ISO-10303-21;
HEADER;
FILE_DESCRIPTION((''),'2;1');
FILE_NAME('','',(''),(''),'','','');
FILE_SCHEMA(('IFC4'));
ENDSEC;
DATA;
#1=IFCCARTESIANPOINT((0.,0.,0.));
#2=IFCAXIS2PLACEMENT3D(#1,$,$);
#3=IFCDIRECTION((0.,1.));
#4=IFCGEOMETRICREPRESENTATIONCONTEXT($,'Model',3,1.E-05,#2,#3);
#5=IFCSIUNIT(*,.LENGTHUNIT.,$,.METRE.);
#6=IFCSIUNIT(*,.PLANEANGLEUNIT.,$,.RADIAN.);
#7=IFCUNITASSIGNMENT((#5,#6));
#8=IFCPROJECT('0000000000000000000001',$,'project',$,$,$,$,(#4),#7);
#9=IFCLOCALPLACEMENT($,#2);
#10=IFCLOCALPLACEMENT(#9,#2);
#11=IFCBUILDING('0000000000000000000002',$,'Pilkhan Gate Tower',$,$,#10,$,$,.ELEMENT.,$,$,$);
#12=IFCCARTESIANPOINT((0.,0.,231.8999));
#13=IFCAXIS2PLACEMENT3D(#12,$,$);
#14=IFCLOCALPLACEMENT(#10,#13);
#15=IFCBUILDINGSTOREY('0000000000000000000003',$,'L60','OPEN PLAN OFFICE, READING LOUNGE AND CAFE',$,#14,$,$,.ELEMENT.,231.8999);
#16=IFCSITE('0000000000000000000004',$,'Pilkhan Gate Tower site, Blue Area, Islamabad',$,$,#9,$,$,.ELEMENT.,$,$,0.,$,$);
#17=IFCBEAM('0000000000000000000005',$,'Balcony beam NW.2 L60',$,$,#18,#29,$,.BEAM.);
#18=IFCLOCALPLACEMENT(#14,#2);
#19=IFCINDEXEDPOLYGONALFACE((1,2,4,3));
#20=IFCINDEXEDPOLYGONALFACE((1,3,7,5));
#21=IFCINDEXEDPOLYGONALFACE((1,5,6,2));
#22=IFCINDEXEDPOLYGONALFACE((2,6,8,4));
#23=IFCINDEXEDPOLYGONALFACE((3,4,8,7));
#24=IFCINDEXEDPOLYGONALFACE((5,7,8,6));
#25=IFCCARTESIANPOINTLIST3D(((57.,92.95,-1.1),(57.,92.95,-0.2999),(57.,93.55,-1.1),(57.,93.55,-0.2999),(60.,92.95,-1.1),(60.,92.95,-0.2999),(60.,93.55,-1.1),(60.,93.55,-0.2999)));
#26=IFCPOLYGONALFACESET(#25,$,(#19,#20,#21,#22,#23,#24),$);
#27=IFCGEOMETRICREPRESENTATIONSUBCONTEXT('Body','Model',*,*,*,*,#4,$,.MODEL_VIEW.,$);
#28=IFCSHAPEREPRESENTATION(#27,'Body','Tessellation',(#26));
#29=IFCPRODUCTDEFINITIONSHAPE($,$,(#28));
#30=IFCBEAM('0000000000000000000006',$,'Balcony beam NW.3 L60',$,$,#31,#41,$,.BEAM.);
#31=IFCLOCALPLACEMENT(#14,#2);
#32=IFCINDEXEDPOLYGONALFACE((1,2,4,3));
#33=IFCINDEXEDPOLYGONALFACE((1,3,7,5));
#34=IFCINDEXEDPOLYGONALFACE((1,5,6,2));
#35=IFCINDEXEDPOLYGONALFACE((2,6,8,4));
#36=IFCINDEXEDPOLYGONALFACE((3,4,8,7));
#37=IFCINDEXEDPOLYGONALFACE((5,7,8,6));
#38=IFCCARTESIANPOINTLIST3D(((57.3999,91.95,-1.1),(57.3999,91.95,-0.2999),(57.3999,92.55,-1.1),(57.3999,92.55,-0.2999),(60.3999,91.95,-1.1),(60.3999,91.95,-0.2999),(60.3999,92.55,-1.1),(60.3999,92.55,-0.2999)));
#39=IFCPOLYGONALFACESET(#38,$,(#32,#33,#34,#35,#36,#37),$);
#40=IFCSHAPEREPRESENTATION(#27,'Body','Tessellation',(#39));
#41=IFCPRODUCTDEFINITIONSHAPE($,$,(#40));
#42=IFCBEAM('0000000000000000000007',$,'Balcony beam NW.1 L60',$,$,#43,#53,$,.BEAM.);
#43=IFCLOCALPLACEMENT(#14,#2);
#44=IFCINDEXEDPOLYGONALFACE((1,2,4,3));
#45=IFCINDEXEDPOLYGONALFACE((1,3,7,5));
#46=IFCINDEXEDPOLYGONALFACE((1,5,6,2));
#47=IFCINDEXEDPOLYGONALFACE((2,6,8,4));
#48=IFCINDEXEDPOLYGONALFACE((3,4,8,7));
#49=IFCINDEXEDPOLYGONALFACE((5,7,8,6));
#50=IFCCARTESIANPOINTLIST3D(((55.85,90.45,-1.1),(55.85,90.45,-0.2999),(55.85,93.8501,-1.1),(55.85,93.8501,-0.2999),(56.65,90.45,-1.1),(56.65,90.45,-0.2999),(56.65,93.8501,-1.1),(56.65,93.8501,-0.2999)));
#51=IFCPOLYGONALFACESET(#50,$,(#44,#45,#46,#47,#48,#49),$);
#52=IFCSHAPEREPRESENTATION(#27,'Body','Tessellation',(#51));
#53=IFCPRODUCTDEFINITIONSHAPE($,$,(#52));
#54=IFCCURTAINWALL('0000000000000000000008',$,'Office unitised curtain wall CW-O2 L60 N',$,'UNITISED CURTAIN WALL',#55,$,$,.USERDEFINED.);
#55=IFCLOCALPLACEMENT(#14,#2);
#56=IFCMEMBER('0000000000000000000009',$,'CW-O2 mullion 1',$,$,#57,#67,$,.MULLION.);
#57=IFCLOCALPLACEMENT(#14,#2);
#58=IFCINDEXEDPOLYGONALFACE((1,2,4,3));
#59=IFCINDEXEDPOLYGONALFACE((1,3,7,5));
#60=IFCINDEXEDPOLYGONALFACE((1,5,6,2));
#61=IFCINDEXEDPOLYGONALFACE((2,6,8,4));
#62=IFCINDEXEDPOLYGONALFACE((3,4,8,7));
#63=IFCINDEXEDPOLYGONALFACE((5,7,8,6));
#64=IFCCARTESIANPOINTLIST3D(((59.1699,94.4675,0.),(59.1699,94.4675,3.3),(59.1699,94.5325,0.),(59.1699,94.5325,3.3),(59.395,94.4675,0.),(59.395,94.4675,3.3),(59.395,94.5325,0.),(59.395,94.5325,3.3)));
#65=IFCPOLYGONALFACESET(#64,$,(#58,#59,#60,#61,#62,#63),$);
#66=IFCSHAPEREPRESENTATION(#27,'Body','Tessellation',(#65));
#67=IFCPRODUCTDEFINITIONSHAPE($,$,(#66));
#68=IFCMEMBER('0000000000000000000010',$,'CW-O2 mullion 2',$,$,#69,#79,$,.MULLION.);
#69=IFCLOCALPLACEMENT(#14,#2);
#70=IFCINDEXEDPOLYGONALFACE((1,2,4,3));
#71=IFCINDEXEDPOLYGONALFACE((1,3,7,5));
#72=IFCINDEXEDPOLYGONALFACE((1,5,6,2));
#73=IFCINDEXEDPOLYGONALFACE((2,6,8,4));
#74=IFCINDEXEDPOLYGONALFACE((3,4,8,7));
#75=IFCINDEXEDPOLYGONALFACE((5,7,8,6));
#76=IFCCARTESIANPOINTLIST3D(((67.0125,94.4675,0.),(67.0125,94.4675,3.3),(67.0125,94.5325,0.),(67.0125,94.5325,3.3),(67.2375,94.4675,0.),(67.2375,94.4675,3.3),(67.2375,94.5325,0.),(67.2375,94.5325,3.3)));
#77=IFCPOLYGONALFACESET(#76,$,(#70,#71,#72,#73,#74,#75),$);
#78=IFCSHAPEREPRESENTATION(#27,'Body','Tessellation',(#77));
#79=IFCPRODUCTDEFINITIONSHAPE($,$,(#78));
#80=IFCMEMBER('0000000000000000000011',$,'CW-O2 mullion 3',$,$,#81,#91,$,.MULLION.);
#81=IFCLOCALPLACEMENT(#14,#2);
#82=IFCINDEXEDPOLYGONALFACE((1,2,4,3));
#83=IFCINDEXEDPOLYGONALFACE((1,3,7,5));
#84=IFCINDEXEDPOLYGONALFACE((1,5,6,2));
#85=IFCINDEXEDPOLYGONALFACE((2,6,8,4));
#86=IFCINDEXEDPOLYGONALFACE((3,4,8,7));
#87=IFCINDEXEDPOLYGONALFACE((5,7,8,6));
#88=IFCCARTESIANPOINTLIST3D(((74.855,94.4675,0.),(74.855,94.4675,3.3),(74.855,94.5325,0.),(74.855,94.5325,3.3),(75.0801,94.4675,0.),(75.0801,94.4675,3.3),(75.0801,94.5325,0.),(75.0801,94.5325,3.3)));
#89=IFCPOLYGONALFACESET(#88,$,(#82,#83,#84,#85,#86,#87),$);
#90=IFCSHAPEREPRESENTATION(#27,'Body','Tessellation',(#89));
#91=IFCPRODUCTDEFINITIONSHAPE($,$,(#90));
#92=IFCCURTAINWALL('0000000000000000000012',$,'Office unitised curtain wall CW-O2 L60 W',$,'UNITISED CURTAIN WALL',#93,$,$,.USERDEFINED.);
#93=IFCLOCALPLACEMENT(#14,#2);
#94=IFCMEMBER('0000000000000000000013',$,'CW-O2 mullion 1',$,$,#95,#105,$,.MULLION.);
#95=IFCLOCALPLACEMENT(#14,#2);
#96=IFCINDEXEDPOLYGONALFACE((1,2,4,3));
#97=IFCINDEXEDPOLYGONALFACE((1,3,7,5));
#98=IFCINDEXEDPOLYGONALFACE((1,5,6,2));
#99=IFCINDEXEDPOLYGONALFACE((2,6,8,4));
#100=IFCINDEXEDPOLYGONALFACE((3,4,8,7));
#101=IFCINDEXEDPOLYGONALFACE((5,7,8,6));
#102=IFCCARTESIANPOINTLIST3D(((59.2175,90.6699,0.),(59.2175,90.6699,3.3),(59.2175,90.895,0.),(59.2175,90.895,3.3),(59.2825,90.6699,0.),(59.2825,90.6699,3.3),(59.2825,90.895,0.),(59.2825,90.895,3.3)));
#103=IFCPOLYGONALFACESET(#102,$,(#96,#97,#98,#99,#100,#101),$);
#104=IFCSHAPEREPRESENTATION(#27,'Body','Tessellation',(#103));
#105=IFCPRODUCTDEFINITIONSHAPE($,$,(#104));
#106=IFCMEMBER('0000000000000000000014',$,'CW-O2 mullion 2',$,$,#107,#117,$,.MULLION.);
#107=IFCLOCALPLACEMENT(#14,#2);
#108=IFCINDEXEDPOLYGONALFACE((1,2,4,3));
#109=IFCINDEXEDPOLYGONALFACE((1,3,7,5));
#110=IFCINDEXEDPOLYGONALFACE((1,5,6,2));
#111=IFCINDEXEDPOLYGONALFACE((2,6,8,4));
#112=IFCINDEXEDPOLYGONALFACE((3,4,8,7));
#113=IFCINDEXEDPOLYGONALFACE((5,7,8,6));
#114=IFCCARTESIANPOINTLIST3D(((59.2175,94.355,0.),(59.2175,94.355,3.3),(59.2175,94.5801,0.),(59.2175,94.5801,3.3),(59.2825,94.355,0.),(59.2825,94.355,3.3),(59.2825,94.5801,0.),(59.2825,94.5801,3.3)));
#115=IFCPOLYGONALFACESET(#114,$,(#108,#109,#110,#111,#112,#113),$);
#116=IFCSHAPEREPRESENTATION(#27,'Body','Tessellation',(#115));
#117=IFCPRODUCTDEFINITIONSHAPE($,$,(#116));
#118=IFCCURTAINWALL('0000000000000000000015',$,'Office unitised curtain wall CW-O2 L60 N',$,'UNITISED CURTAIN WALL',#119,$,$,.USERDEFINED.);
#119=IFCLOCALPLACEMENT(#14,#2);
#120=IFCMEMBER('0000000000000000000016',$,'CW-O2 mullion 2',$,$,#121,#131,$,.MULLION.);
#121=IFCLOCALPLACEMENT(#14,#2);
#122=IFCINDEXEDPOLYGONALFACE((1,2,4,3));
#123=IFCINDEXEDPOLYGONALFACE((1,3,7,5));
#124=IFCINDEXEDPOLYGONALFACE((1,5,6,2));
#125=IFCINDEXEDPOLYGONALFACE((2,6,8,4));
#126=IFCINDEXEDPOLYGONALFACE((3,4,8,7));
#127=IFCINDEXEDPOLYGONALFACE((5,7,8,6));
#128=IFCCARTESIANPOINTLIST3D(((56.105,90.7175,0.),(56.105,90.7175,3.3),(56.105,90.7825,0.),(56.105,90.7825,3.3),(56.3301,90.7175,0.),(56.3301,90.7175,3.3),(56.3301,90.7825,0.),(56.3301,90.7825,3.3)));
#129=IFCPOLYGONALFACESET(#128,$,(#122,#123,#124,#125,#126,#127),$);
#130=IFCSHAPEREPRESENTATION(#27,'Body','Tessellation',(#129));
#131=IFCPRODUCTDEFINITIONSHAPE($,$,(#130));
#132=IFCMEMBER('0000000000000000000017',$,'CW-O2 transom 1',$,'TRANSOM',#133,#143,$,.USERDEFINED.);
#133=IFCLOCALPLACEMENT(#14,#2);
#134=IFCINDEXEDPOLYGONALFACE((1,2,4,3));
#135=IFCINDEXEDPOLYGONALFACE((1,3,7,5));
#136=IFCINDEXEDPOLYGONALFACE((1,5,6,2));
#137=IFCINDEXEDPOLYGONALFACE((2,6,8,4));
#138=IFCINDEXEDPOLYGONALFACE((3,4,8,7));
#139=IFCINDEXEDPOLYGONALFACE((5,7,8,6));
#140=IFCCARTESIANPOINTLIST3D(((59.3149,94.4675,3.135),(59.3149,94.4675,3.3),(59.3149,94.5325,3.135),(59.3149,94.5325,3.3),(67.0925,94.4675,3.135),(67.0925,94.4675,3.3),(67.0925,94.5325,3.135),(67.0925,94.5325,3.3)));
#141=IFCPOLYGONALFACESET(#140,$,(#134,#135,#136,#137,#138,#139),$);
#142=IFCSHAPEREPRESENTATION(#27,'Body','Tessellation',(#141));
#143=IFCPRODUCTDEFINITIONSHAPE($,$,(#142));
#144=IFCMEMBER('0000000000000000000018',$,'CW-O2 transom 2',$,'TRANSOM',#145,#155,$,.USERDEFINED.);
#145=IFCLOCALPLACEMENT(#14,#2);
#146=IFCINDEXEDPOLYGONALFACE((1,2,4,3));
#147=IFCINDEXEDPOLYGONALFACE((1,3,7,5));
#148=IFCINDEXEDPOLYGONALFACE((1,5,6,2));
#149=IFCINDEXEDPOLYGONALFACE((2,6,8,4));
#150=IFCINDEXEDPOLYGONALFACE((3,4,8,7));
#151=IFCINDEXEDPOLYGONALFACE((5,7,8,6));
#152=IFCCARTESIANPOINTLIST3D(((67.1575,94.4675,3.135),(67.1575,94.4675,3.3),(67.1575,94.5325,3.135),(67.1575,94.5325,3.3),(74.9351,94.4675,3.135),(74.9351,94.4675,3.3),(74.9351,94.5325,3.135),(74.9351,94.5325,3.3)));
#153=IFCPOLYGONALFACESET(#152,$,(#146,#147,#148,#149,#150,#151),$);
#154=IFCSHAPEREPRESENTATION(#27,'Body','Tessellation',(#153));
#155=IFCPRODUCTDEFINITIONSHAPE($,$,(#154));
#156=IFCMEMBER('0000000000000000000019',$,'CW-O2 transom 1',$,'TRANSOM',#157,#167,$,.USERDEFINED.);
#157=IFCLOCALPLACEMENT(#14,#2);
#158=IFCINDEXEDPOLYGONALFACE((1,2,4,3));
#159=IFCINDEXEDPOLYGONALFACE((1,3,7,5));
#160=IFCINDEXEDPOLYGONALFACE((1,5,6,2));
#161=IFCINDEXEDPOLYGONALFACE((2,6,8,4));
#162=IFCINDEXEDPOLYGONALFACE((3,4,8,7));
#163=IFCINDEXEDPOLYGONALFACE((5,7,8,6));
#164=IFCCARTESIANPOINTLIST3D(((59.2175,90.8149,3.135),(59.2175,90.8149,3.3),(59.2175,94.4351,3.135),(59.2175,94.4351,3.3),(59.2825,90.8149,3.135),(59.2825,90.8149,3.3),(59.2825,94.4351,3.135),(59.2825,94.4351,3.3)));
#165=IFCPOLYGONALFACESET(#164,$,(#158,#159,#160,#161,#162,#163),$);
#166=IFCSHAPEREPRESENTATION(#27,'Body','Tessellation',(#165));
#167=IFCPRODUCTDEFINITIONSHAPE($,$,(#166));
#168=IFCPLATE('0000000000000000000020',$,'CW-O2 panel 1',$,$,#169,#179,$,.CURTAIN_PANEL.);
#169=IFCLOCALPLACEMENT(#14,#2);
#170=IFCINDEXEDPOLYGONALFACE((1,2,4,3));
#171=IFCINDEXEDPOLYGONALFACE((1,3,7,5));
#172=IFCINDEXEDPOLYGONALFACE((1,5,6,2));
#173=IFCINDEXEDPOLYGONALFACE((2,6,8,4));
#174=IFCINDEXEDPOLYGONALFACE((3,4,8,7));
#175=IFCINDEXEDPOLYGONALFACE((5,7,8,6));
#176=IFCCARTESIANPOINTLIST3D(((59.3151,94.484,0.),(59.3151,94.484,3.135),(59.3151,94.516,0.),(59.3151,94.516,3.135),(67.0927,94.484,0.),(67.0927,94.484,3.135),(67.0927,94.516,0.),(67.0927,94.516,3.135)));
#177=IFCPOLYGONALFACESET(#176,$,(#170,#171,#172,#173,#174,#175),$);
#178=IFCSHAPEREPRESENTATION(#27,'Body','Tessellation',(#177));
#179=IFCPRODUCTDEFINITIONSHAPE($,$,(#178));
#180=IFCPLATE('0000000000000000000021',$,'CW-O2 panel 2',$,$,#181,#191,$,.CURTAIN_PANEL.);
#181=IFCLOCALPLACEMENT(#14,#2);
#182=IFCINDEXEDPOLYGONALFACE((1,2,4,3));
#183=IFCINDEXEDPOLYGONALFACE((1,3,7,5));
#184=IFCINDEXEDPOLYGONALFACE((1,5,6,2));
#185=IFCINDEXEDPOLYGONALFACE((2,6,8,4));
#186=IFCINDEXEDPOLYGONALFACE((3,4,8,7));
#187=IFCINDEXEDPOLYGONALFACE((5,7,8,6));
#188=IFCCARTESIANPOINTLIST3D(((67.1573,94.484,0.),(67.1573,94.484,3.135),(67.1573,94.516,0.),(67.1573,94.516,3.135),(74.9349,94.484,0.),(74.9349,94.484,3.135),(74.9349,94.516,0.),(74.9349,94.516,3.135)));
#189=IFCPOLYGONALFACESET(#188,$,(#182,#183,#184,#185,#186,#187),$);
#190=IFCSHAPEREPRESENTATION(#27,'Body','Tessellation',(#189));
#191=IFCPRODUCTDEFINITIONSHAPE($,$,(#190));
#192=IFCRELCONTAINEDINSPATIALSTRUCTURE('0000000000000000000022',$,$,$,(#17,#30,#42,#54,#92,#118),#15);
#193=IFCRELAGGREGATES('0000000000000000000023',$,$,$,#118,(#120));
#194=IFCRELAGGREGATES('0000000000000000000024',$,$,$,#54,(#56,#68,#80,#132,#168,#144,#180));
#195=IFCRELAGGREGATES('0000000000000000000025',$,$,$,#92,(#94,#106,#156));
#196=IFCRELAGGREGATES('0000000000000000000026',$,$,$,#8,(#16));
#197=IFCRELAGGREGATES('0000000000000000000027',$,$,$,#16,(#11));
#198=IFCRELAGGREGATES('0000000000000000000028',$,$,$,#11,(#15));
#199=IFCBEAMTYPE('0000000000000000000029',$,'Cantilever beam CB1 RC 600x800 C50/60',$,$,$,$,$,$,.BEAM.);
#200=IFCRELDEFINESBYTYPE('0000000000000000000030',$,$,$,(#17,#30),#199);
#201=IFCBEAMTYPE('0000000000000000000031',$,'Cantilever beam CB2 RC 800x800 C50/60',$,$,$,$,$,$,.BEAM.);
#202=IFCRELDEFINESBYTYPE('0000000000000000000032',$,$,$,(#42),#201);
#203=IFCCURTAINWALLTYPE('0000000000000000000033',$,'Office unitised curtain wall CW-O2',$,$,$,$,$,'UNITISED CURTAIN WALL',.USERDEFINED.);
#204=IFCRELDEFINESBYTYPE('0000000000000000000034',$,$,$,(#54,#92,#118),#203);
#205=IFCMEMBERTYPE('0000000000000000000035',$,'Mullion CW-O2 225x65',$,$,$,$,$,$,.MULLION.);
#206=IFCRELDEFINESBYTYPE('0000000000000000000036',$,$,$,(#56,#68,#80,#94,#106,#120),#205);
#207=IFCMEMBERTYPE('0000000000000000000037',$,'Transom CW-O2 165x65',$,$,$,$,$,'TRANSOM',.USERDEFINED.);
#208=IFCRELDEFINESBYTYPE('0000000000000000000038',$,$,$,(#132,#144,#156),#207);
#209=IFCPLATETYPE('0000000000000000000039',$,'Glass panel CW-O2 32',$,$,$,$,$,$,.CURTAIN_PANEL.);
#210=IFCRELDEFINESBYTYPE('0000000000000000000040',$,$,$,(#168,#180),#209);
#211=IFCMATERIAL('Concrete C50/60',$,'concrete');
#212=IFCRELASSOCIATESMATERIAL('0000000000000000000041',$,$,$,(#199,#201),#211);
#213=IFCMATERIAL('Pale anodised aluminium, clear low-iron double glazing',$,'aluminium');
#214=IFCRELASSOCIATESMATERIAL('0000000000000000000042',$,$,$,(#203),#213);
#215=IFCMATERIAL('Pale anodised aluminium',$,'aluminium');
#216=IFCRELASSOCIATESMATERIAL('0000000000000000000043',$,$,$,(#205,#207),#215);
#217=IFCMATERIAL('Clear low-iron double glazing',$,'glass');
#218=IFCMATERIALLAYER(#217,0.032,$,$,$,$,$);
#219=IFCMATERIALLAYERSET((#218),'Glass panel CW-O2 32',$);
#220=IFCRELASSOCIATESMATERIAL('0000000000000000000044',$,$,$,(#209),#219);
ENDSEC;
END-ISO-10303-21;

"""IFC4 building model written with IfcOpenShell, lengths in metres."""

from ifc_helpers import new_model, si_unit, direction, frame, origin, origin_2d, place, context, subcontext, project, spatial, rectangle, extrude, material, layer, layer_set, material_profile, profile_set, type_object, element, aggregate, save


model = new_model("IFC4")

# Units and contexts
model_context = context("Model", 3, precision=1e-05, world=origin(), true_north=direction((0.0, 1.0)))
body_context = subcontext(model_context, "Body", "Model", "MODEL_VIEW")
ifc_project = project(units=[si_unit("LENGTHUNIT", "METRE"), si_unit("PLANEANGLEUNIT", "RADIAN")], contexts=[model_context])

# Site, building, storey
site_placement = place(None, origin())
site = spatial("IfcSite", under=ifc_project, at=site_placement, Name="Pilkhan Gate Tower site, Blue Area, Islamabad", CompositionType="ELEMENT", RefElevation=0.0)
building_placement = place(site_placement, origin())
building = spatial("IfcBuilding", under=site, at=building_placement, Name="Pilkhan Gate Tower", CompositionType="ELEMENT")
storey_placement = place(building_placement, frame((0.0, 0.0, 231.8999)))
storey = spatial("IfcBuildingStorey", under=building, at=storey_placement, Name="L60", Description="OPEN PLAN OFFICE, READING LOUNGE AND CAFE", CompositionType="ELEMENT", Elevation=231.8999)

# Beams
ifc_material_1 = material(Name="Concrete C50/60", Category="concrete")
ifc_material_profile_1 = material_profile(ifc_material_1, rectangle(XDim=0.6001, YDim=0.8, at=origin_2d()), Name="RC 600x800")
ifc_profile_set_1 = profile_set([ifc_material_profile_1], Name="Concrete C50/60")
beam_type_1 = type_object("IfcBeamType", Name="Cantilever beam CB1 RC 600x800 C50/60", PredefinedType="BEAM", material=ifc_profile_set_1)
for number, where, z_axis, x_axis, name in (
    (1, (60.0, 93.25, -0.7), (-1.0, 0.0, 0.0), (0.0, -1.0, 0.0), "Balcony beam NW.2 L60"),
    (2, (60.3999, 92.25, -0.7), (-1.0, 0.0, 0.0), (0.0, -1.0, 0.0), "Balcony beam NW.3 L60"),
):
    element("IfcBeam", number, at=place(storey_placement, frame(where, z_axis=z_axis, x_axis=x_axis)), inside=storey, type_object=beam_type_1, Name=name, PredefinedType="BEAM", context=body_context, shape_type="SweptSolid", body=[
        extrude(rectangle(XDim=0.6001, YDim=0.8, at=origin_2d()), origin(), (0.0, 0.0, 1.0), 3.0),
    ])
ifc_material_profile_2 = material_profile(ifc_material_1, rectangle(XDim=0.8, YDim=0.8, at=origin_2d()), Name="RC 800x800")
ifc_profile_set_2 = profile_set([ifc_material_profile_2], Name="Concrete C50/60")
beam_type_2 = type_object("IfcBeamType", Name="Cantilever beam CB2 RC 800x800 C50/60", PredefinedType="BEAM", material=ifc_profile_set_2)
beam_placement = place(storey_placement, frame((56.25, 90.45, -0.7), z_axis=(0.0, 1.0, 0.0), x_axis=(-1.0, 0.0, 0.0)))
element("IfcBeam", 3, at=beam_placement, inside=storey, type_object=beam_type_2, Name="Balcony beam NW.1 L60", PredefinedType="BEAM", context=body_context, shape_type="SweptSolid", body=[
    extrude(rectangle(XDim=0.8, YDim=0.8, at=origin_2d()), origin(), (0.0, 0.0, 1.0), 3.4001),
])

# Curtain walls, members
ifc_material_2 = material(Name="Pale anodised aluminium, clear low-iron double glazing", Category="aluminium")
curtain_wall_type = type_object("IfcCurtainWallType", Name="Office unitised curtain wall CW-O2", ElementType="UNITISED CURTAIN WALL", PredefinedType="USERDEFINED", material=ifc_material_2)
curtain_wall_1_placement = place(storey_placement, origin())
curtain_wall_1 = element("IfcCurtainWall", 4, at=curtain_wall_1_placement, inside=storey, type_object=curtain_wall_type, Name="Office unitised curtain wall CW-O2 L60 N", ObjectType="UNITISED CURTAIN WALL", PredefinedType="USERDEFINED")
ifc_material_3 = material(Name="Pale anodised aluminium", Category="aluminium")
ifc_material_profile_3 = material_profile(ifc_material_3, rectangle(XDim=0.0649, YDim=0.2251, at=origin_2d()), Name="Mullion 225x65")
ifc_profile_set_3 = profile_set([ifc_material_profile_3], Name="Pale anodised aluminium")
member_type_1 = type_object("IfcMemberType", Name="Mullion CW-O2 225x65", PredefinedType="MULLION", material=ifc_profile_set_3)
member_1_placement = place(storey_placement, frame((59.2825, 94.5, 0.0), z_axis=(0.0, 0.0, 1.0), x_axis=(0.0, 1.0, 0.0)))
member_1 = element("IfcMember", 5, at=member_1_placement, type_object=member_type_1, Name="CW-O2 mullion 1", PredefinedType="MULLION", context=body_context, shape_type="SweptSolid", body=[
    extrude(rectangle(XDim=0.0649, YDim=0.2251, at=origin_2d()), origin(), (0.0, 0.0, 1.0), 3.3),
])
member_2_placement = place(storey_placement, frame((67.125, 94.5, 0.0), z_axis=(0.0, 0.0, 1.0), x_axis=(0.0, 1.0, 0.0)))
member_2 = element("IfcMember", 6, at=member_2_placement, type_object=member_type_1, Name="CW-O2 mullion 2", PredefinedType="MULLION", context=body_context, shape_type="SweptSolid", body=[
    extrude(rectangle(XDim=0.0649, YDim=0.2251, at=origin_2d()), origin(), (0.0, 0.0, 1.0), 3.3),
])
member_3_placement = place(storey_placement, frame((74.9675, 94.5, 0.0), z_axis=(0.0, 0.0, 1.0), x_axis=(0.0, 1.0, 0.0)))
member_3 = element("IfcMember", 7, at=member_3_placement, type_object=member_type_1, Name="CW-O2 mullion 3", PredefinedType="MULLION", context=body_context, shape_type="SweptSolid", body=[
    extrude(rectangle(XDim=0.0649, YDim=0.2251, at=origin_2d()), origin(), (0.0, 0.0, 1.0), 3.3),
])
curtain_wall_2_placement = place(storey_placement, origin())
curtain_wall_2 = element("IfcCurtainWall", 8, at=curtain_wall_2_placement, inside=storey, type_object=curtain_wall_type, Name="Office unitised curtain wall CW-O2 L60 W", ObjectType="UNITISED CURTAIN WALL", PredefinedType="USERDEFINED")
member_4_placement = place(storey_placement, frame((59.25, 90.7825, 0.0), z_axis=(0.0, 0.0, 1.0), x_axis=(-1.0, 0.0, 0.0)))
member_4 = element("IfcMember", 9, at=member_4_placement, type_object=member_type_1, Name="CW-O2 mullion 1", PredefinedType="MULLION", context=body_context, shape_type="SweptSolid", body=[
    extrude(rectangle(XDim=0.0649, YDim=0.2251, at=origin_2d()), origin(), (0.0, 0.0, 1.0), 3.3),
])
member_5_placement = place(storey_placement, frame((59.25, 94.4675, 0.0), z_axis=(0.0, 0.0, 1.0), x_axis=(-1.0, 0.0, 0.0)))
member_5 = element("IfcMember", 10, at=member_5_placement, type_object=member_type_1, Name="CW-O2 mullion 2", PredefinedType="MULLION", context=body_context, shape_type="SweptSolid", body=[
    extrude(rectangle(XDim=0.0649, YDim=0.2251, at=origin_2d()), origin(), (0.0, 0.0, 1.0), 3.3),
])

# Curtain wall, member
curtain_wall_3_placement = place(storey_placement, origin())
curtain_wall_3 = element("IfcCurtainWall", 11, at=curtain_wall_3_placement, inside=storey, type_object=curtain_wall_type, Name="Office unitised curtain wall CW-O2 L60 N", ObjectType="UNITISED CURTAIN WALL", PredefinedType="USERDEFINED")
member_6_placement = place(storey_placement, frame((56.2175, 90.75, 0.0), z_axis=(0.0, 0.0, 1.0), x_axis=(0.0, 1.0, 0.0)))
member_6 = element("IfcMember", 12, at=member_6_placement, type_object=member_type_1, Name="CW-O2 mullion 2", PredefinedType="MULLION", context=body_context, shape_type="SweptSolid", body=[
    extrude(rectangle(XDim=0.0649, YDim=0.2251, at=origin_2d()), origin(), (0.0, 0.0, 1.0), 3.3),
])
aggregate(curtain_wall_3, [member_6])

# Members
ifc_material_profile_4 = material_profile(ifc_material_3, rectangle(XDim=0.0649, YDim=0.165, at=origin_2d()), Name="Transom 165x65")
ifc_profile_set_4 = profile_set([ifc_material_profile_4], Name="Pale anodised aluminium")
member_type_2 = type_object("IfcMemberType", Name="Transom CW-O2 165x65", ElementType="TRANSOM", PredefinedType="USERDEFINED", material=ifc_profile_set_4)
member_7_placement = place(storey_placement, frame((59.3149, 94.5, 3.2175), z_axis=(1.0, 0.0, 0.0), x_axis=(0.0, 1.0, 0.0)))
member_7 = element("IfcMember", 13, at=member_7_placement, type_object=member_type_2, Name="CW-O2 transom 1", ObjectType="TRANSOM", PredefinedType="USERDEFINED", context=body_context, shape_type="SweptSolid", body=[
    extrude(rectangle(XDim=0.0649, YDim=0.165, at=origin_2d()), origin(), (0.0, 0.0, 1.0), 7.7776),
])
member_8_placement = place(storey_placement, frame((67.1575, 94.5, 3.2175), z_axis=(1.0, 0.0, 0.0), x_axis=(0.0, 1.0, 0.0)))
member_8 = element("IfcMember", 14, at=member_8_placement, type_object=member_type_2, Name="CW-O2 transom 2", ObjectType="TRANSOM", PredefinedType="USERDEFINED", context=body_context, shape_type="SweptSolid", body=[
    extrude(rectangle(XDim=0.0649, YDim=0.165, at=origin_2d()), origin(), (0.0, 0.0, 1.0), 7.7776),
])
member_9_placement = place(storey_placement, frame((59.25, 90.8149, 3.2175), z_axis=(0.0, 1.0, 0.0), x_axis=(-1.0, 0.0, 0.0)))
member_9 = element("IfcMember", 15, at=member_9_placement, type_object=member_type_2, Name="CW-O2 transom 1", ObjectType="TRANSOM", PredefinedType="USERDEFINED", context=body_context, shape_type="SweptSolid", body=[
    extrude(rectangle(XDim=0.0649, YDim=0.165, at=origin_2d()), origin(), (0.0, 0.0, 1.0), 3.6201),
])

# Plates
ifc_material_4 = material(Name="Clear low-iron double glazing", Category="glass")
ifc_layer_1 = layer(ifc_material_4, 0.032)
ifc_layer_set_1 = layer_set([ifc_layer_1], Name="Glass panel CW-O2 32")
plate_type = type_object("IfcPlateType", Name="Glass panel CW-O2 32", PredefinedType="CURTAIN_PANEL", material=ifc_layer_set_1)
plate_1_placement = place(storey_placement, frame((63.2039, 94.5, 0.0), z_axis=(0.0, 0.0, 1.0), x_axis=(1.0, 0.0, 0.0)))
plate_1 = element("IfcPlate", 16, at=plate_1_placement, type_object=plate_type, Name="CW-O2 panel 1", PredefinedType="CURTAIN_PANEL", context=body_context, shape_type="SweptSolid", body=[
    extrude(rectangle(XDim=7.7776, YDim=0.032, at=origin_2d()), origin(), (0.0, 0.0, 1.0), 3.135),
])
plate_2_placement = place(storey_placement, frame((71.0461, 94.5, 0.0), z_axis=(0.0, 0.0, 1.0), x_axis=(1.0, 0.0, 0.0)))
plate_2 = element("IfcPlate", 17, at=plate_2_placement, type_object=plate_type, Name="CW-O2 panel 2", PredefinedType="CURTAIN_PANEL", context=body_context, shape_type="SweptSolid", body=[
    extrude(rectangle(XDim=7.7776, YDim=0.032, at=origin_2d()), origin(), (0.0, 0.0, 1.0), 3.135),
])
aggregate(curtain_wall_1, [member_1, member_2, member_3, member_7, plate_1, member_8, plate_2])
aggregate(curtain_wall_2, [member_4, member_5, member_9])

save(model, "model.ifc")
